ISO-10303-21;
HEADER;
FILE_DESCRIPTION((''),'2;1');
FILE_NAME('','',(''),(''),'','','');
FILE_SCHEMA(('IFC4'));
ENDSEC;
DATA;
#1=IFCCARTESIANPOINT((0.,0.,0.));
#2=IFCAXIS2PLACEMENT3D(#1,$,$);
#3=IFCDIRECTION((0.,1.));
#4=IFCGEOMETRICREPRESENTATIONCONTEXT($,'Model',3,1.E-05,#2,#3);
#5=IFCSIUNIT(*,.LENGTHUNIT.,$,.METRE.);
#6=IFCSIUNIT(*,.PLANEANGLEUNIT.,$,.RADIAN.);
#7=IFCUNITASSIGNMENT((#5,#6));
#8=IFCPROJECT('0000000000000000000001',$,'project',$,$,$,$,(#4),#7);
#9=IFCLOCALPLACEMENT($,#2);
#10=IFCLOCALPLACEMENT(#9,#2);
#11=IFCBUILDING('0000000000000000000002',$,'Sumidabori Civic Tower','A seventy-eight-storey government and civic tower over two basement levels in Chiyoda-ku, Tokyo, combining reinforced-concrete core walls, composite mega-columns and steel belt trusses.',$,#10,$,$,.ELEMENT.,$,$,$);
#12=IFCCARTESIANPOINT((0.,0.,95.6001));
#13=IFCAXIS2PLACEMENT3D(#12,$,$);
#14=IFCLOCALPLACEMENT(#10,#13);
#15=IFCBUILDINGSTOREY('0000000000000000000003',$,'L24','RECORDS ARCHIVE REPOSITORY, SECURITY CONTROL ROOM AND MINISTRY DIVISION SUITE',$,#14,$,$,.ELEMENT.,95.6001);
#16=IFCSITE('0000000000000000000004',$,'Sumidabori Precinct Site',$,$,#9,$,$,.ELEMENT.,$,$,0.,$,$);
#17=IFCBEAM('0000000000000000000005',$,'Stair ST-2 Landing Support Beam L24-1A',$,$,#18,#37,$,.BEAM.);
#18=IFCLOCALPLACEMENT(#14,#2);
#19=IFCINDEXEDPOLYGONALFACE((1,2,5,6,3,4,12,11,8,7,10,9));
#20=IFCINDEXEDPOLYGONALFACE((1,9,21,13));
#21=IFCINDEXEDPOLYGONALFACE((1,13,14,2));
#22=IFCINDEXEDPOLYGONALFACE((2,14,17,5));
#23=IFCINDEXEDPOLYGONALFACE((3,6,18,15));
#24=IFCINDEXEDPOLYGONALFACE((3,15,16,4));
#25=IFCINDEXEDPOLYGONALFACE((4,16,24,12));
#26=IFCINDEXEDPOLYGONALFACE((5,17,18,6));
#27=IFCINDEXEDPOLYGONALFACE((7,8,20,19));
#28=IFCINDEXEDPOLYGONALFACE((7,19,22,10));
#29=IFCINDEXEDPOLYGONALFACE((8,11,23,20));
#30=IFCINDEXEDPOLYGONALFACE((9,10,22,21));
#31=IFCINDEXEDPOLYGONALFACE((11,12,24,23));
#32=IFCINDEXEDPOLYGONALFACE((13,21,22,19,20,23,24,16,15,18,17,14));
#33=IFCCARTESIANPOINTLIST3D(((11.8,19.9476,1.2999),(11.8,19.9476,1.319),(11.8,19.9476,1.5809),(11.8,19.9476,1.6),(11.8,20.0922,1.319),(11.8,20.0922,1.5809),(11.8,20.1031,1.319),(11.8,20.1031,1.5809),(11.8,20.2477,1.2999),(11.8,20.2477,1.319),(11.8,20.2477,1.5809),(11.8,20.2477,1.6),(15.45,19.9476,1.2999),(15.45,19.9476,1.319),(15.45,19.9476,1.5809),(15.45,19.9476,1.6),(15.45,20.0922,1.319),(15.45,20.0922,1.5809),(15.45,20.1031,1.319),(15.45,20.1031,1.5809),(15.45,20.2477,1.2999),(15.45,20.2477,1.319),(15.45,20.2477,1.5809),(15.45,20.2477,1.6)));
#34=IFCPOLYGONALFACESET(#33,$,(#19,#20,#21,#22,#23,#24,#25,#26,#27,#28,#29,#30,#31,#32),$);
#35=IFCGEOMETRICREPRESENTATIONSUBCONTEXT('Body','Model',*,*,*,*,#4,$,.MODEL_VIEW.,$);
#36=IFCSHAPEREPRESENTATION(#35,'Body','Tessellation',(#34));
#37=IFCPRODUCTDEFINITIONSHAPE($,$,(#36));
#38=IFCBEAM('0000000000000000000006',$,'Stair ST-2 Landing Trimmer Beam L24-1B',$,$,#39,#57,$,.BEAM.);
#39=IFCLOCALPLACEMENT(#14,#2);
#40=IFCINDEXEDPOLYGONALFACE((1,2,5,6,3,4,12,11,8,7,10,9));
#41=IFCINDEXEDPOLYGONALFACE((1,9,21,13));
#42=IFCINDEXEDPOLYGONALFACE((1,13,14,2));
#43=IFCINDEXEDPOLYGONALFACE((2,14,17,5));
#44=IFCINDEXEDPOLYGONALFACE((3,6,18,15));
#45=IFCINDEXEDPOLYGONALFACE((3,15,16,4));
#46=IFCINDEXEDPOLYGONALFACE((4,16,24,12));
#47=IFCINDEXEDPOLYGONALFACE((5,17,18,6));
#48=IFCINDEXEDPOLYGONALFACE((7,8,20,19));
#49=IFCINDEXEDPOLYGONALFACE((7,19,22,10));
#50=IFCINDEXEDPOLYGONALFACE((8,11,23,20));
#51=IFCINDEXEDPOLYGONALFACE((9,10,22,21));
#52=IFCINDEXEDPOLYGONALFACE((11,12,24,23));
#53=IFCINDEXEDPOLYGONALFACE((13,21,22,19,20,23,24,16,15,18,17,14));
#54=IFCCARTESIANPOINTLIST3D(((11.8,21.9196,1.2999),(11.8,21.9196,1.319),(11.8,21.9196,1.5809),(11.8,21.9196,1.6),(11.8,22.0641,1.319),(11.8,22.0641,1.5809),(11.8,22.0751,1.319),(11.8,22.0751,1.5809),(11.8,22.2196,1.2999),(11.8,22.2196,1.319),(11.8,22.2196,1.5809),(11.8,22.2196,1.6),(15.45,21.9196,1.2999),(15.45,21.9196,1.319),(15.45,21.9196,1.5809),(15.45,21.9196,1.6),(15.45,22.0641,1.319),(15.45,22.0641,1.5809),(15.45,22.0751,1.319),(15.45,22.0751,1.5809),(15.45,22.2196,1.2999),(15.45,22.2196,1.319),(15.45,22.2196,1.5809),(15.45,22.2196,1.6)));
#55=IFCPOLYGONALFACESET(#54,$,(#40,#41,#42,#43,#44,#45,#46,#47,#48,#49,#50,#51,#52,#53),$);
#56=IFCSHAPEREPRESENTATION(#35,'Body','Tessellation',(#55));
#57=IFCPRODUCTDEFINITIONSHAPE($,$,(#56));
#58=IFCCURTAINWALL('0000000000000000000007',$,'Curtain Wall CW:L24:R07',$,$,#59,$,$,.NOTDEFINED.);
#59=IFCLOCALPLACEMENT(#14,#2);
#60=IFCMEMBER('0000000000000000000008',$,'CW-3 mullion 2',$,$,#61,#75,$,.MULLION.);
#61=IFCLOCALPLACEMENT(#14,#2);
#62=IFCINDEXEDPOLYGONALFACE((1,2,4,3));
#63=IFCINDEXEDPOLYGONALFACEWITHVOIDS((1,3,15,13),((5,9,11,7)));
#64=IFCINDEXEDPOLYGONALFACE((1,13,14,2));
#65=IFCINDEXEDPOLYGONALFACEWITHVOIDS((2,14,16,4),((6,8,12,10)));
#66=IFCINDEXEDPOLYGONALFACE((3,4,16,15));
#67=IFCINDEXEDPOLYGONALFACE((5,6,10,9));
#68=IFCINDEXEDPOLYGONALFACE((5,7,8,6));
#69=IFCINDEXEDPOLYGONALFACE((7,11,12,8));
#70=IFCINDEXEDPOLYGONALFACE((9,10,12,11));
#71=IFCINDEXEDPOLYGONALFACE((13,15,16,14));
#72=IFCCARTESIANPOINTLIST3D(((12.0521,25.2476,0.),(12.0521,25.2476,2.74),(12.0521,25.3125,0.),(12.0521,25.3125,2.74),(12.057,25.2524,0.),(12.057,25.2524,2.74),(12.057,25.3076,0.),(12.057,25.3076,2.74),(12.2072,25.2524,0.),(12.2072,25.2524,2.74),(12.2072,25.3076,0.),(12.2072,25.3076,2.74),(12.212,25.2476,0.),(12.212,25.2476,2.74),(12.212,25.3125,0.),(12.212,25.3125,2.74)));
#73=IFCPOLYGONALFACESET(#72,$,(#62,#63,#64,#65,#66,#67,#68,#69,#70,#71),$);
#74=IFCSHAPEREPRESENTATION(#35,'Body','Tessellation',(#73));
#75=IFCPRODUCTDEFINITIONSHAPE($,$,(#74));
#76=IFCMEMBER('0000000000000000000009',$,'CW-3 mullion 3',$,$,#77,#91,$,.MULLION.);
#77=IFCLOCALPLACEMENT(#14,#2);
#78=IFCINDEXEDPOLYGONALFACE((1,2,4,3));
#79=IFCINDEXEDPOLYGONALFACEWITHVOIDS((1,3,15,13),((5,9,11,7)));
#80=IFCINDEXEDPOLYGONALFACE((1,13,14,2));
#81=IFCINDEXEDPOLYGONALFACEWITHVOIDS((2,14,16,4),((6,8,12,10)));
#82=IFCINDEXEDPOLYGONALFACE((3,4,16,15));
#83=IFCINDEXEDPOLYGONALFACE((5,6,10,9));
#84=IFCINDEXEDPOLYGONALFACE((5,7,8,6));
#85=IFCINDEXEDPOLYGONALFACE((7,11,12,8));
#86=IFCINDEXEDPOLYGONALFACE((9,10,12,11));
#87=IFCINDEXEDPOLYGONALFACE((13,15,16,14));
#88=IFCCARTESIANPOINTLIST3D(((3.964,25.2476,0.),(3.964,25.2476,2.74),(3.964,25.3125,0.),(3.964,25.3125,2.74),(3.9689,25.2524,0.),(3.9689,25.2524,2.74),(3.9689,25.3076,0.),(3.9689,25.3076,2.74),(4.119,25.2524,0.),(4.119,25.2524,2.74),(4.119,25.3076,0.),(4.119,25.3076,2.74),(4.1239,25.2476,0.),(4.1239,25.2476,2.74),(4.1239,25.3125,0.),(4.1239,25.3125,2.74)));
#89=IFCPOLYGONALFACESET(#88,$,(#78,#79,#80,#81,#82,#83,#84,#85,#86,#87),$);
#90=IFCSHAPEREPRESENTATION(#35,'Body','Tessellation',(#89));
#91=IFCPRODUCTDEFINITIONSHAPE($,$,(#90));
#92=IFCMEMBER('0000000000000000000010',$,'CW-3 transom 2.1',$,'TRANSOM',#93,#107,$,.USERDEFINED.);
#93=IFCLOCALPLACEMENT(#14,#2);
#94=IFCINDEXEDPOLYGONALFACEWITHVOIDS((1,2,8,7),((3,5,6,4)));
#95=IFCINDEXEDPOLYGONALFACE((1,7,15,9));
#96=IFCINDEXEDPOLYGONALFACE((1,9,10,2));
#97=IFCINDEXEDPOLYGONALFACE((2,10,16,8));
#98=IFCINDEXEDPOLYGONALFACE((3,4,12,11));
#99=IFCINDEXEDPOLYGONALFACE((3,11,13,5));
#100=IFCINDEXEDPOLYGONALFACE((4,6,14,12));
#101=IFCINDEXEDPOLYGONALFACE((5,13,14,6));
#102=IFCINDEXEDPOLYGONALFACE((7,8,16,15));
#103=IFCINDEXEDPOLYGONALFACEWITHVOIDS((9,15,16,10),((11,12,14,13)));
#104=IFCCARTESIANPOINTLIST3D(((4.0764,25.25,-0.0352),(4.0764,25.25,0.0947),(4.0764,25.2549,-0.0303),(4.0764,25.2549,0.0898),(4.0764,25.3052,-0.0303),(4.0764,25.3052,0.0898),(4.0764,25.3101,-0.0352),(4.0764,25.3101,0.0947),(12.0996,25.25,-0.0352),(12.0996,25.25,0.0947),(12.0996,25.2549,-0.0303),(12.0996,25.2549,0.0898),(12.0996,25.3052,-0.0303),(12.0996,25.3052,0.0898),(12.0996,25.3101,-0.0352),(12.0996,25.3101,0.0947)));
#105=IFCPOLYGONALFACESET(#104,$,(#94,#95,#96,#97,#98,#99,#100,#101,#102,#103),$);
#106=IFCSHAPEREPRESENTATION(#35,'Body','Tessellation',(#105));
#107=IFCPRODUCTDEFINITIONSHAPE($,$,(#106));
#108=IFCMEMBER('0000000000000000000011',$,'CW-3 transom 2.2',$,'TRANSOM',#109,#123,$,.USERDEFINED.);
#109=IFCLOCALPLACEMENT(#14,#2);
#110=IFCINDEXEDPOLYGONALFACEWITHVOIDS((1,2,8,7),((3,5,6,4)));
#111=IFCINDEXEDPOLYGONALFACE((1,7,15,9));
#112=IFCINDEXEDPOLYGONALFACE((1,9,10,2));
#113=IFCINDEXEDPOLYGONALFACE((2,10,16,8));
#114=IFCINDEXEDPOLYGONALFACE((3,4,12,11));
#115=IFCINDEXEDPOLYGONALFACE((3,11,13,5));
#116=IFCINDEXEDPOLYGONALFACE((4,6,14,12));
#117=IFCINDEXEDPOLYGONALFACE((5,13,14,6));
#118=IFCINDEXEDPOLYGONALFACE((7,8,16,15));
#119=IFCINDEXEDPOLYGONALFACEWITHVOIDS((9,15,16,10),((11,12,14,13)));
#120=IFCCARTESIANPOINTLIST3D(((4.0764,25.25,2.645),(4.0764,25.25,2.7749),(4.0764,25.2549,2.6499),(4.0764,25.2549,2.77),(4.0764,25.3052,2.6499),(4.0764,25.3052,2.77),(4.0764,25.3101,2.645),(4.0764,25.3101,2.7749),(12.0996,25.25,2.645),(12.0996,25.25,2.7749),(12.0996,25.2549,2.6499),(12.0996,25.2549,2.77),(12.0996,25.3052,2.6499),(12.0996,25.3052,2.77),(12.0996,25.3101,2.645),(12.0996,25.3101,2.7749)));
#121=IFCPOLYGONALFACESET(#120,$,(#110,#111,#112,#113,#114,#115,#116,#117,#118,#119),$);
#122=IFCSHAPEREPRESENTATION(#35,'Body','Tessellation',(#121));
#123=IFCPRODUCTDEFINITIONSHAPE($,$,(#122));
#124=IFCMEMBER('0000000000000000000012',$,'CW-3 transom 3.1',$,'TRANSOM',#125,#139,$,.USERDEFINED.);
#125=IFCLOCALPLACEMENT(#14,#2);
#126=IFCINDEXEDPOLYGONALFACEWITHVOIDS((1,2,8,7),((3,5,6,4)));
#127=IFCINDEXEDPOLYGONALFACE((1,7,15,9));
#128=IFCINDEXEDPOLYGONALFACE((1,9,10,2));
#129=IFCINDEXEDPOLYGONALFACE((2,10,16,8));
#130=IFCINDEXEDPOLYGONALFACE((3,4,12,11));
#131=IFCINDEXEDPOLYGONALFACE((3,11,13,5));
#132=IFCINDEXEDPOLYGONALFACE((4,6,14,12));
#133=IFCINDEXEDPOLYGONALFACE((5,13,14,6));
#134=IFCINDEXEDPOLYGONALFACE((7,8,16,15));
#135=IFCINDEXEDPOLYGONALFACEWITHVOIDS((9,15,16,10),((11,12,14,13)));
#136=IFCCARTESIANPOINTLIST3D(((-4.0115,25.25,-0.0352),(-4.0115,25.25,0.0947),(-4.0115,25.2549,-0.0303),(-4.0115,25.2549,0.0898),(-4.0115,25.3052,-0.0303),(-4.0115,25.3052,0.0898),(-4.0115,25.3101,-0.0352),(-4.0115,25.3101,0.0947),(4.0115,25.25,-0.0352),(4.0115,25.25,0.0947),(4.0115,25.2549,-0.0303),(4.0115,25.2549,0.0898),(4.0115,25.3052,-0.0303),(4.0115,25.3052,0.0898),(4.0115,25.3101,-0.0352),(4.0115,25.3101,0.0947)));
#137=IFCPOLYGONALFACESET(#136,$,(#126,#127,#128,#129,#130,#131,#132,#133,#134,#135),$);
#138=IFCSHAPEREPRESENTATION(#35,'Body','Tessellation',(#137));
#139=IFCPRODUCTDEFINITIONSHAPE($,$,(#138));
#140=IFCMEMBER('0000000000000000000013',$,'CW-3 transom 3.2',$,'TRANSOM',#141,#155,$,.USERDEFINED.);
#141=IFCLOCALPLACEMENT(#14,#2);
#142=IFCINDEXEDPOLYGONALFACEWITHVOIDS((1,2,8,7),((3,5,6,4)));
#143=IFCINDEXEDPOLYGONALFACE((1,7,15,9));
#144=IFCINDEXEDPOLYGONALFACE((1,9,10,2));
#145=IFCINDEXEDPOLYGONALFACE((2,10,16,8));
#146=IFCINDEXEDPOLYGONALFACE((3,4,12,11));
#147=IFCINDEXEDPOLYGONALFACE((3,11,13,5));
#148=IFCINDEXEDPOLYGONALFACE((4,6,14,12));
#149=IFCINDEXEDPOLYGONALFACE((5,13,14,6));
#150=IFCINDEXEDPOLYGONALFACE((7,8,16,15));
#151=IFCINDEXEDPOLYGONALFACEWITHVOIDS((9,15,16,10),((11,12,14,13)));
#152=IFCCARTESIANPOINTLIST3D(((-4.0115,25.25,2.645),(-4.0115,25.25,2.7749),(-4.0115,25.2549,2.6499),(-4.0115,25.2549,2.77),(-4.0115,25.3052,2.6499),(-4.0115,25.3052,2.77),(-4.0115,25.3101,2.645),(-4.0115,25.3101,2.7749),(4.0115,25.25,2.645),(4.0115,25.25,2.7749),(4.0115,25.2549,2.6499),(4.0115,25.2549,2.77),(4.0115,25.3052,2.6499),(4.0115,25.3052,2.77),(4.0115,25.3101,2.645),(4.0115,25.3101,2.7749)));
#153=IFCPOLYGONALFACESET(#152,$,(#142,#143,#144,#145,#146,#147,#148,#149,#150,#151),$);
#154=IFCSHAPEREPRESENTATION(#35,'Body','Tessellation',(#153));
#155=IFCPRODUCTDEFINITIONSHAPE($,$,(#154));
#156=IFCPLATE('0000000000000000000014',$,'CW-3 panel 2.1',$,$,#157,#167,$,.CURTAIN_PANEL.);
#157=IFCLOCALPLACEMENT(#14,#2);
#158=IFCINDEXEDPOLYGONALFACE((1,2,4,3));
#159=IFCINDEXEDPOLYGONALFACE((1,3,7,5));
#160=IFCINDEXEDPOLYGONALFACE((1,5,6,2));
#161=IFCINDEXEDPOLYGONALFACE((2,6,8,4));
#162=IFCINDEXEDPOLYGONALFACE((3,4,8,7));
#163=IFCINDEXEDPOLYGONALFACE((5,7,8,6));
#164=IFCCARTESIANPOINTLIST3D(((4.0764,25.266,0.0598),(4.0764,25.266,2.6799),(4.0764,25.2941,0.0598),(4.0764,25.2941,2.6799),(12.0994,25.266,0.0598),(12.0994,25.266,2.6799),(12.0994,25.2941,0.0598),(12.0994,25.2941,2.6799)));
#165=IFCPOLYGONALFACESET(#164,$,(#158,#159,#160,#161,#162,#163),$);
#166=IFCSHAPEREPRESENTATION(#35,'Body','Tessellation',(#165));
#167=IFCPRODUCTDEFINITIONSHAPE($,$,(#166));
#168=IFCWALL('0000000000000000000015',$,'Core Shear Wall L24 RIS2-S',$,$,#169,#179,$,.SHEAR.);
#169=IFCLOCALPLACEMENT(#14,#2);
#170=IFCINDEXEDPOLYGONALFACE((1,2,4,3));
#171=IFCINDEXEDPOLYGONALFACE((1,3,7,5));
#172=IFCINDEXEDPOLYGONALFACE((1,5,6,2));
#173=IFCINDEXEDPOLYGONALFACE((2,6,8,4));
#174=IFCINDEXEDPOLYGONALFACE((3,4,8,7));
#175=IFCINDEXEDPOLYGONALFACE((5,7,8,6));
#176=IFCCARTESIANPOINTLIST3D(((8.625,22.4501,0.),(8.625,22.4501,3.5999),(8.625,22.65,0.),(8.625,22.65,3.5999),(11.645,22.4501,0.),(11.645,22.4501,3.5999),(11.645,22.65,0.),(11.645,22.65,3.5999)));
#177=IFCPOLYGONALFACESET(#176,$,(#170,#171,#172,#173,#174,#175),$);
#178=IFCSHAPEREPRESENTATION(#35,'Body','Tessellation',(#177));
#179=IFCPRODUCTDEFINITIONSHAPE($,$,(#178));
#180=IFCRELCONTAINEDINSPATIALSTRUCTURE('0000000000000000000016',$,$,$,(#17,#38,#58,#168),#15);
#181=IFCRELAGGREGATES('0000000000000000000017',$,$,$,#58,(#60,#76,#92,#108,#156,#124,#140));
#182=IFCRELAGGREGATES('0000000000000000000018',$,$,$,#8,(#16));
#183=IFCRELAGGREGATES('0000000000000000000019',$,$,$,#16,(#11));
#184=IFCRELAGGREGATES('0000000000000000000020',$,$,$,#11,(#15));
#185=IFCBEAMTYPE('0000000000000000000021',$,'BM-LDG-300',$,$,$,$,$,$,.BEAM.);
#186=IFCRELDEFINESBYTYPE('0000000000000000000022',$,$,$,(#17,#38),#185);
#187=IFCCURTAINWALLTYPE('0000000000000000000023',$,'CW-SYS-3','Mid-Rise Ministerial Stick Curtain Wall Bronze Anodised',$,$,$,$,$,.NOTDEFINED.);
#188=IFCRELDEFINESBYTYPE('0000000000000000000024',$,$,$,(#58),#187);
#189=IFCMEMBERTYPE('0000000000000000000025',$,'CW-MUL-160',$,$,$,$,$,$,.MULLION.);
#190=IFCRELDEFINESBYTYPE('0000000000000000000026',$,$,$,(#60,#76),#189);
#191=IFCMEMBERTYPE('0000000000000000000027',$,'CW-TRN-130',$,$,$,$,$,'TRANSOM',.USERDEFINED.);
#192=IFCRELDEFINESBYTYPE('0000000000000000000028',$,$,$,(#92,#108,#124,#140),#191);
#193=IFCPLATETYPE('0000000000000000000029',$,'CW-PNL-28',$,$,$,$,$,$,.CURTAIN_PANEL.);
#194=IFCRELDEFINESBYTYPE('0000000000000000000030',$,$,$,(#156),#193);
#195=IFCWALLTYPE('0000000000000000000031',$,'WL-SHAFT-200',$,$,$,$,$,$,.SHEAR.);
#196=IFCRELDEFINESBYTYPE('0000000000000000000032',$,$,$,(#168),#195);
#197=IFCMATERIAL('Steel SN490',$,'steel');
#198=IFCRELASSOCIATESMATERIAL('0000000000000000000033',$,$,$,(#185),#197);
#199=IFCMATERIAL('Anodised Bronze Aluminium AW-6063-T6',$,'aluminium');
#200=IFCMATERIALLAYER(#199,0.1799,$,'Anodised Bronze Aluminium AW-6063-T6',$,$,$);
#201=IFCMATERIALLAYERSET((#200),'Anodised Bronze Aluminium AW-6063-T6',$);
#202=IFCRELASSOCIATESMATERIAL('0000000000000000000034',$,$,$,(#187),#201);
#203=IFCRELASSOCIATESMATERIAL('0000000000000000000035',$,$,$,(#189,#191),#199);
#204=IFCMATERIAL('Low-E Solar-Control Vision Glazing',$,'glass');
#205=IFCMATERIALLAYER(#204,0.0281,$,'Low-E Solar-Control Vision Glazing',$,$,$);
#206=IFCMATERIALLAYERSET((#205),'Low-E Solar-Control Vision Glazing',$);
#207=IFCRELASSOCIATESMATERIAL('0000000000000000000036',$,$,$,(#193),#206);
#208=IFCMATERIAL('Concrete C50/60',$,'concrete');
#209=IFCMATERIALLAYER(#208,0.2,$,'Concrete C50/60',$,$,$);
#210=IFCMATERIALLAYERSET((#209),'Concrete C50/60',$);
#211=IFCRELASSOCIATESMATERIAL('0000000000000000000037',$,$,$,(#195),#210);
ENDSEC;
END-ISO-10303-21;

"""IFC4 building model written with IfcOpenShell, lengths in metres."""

from ifc_helpers import new_model, si_unit, direction, frame, frame_2d, origin, origin_2d, place, context, subcontext, project, spatial, rectangle, hollow_rectangle, i_section, extrude, source, transform, mapped, material, layer, layer_set, material_profile, profile_set, type_object, element, aggregate, save


model = new_model("IFC4")

# Units and contexts
model_context = context("Model", 3, precision=1e-05, world=origin(), true_north=direction((0.0, 1.0)))
body_context = subcontext(model_context, "Body", "Model", "MODEL_VIEW")
ifc_project = project(units=[si_unit("LENGTHUNIT", "METRE"), si_unit("PLANEANGLEUNIT", "RADIAN")], contexts=[model_context])

# Site, building, storey
site_placement = place(None, origin())
site = spatial("IfcSite", under=ifc_project, at=site_placement, Name="Sumidabori Precinct Site", CompositionType="ELEMENT", RefElevation=0.0)
building_placement = place(site_placement, origin())
building = spatial("IfcBuilding", under=site, at=building_placement, Name="Sumidabori Civic Tower", Description="A seventy-eight-storey government and civic tower over two basement levels in Chiyoda-ku, Tokyo, combining reinforced-concrete core walls, composite mega-columns and steel belt trusses.", CompositionType="ELEMENT")
storey_placement = place(building_placement, frame((0.0, 0.0, 95.6001)))
storey = spatial("IfcBuildingStorey", under=building, at=storey_placement, Name="L24", Description="RECORDS ARCHIVE REPOSITORY, SECURITY CONTROL ROOM AND MINISTRY DIVISION SUITE", CompositionType="ELEMENT", Elevation=95.6001)

# Beams
ifc_material_1 = material(Name="Steel SN490", Category="steel")
ifc_material_profile_1 = material_profile(ifc_material_1, i_section(OverallWidth=0.3, OverallDepth=0.3, WebThickness=0.011, FlangeThickness=0.019, at=origin_2d()), Name="HE 300 B")
ifc_profile_set_1 = profile_set([ifc_material_profile_1], Name="Steel SN490")
beam_type = type_object("IfcBeamType", Name="BM-LDG-300", PredefinedType="BEAM", material=ifc_profile_set_1)
shared_shape_1 = source(origin(), body_context, "Body", "SweptSolid", [
    extrude(i_section(OverallWidth=0.3, OverallDepth=0.3, WebThickness=0.011, FlangeThickness=0.019, at=origin_2d()), origin(), (0.0, 0.0, 1.0), 3.6499),
])
for number, where, z_axis, x_axis, name in (
    (1, (11.8, 20.0977, 1.45), (1.0, 0.0, 0.0), (0.0, 1.0, 0.0), "Stair ST-2 Landing Support Beam L24-1A"),
    (2, (11.8, 22.0696, 1.45), (1.0, 0.0, 0.0), (0.0, 1.0, 0.0), "Stair ST-2 Landing Trimmer Beam L24-1B"),
):
    element("IfcBeam", number, at=place(storey_placement, frame(where, z_axis=z_axis, x_axis=x_axis)), inside=storey, type_object=beam_type, Name=name, PredefinedType="BEAM", context=body_context, shape_type="MappedRepresentation", body=[
        mapped(shared_shape_1, transform((0.0, 0.0, 0.0), x_axis=(1.0, 0.0, 0.0), y_axis=(0.0, 1.0, 0.0), z_axis=(0.0, 0.0, 1.0), scale=1.0)),
    ])

# Curtain wall, members, plate
ifc_material_2 = material(Name="Anodised Bronze Aluminium AW-6063-T6", Category="aluminium")
ifc_layer_1 = layer(ifc_material_2, 0.1799, Name="Anodised Bronze Aluminium AW-6063-T6")
ifc_layer_set_1 = layer_set([ifc_layer_1], Name="Anodised Bronze Aluminium AW-6063-T6")
curtain_wall_type = type_object("IfcCurtainWallType", Name="CW-SYS-3", Description="Mid-Rise Ministerial Stick Curtain Wall Bronze Anodised", PredefinedType="NOTDEFINED", material=ifc_layer_set_1)
curtain_wall_placement = place(storey_placement, origin())
curtain_wall = element("IfcCurtainWall", 3, at=curtain_wall_placement, inside=storey, type_object=curtain_wall_type, Name="Curtain Wall CW:L24:R07", PredefinedType="NOTDEFINED")
ifc_material_profile_2 = material_profile(ifc_material_2, hollow_rectangle(XDim=0.0649, YDim=0.1599, WallThickness=0.0049, at=origin_2d()), Name="ALU MULLION 160x65")
ifc_profile_set_2 = profile_set([ifc_material_profile_2], Name="Anodised Bronze Aluminium AW-6063-T6")
member_type_1 = type_object("IfcMemberType", Name="CW-MUL-160", PredefinedType="MULLION", material=ifc_profile_set_2)
shared_shape_2 = source(origin(), body_context, "Body", "SweptSolid", [
    extrude(hollow_rectangle(XDim=0.0649, YDim=0.1599, WallThickness=0.0049, at=origin_2d()), origin(), (0.0, 0.0, 1.0), 2.74),
])
member_1_placement = place(storey_placement, frame((12.1321, 25.28, 0.0), z_axis=(0.0, 0.0, 1.0), x_axis=(0.0, -1.0, 0.0)))
member_1 = element("IfcMember", 4, at=member_1_placement, type_object=member_type_1, Name="CW-3 mullion 2", PredefinedType="MULLION", context=body_context, shape_type="MappedRepresentation", body=[
    mapped(shared_shape_2, transform((0.0, 0.0, 0.0), x_axis=(1.0, 0.0, 0.0), y_axis=(0.0, 1.0, 0.0), z_axis=(0.0, 0.0, 1.0), scale=1.0)),
])
member_2_placement = place(storey_placement, frame((4.0439, 25.28, 0.0), z_axis=(0.0, 0.0, 1.0), x_axis=(0.0, -1.0, 0.0)))
member_2 = element("IfcMember", 5, at=member_2_placement, type_object=member_type_1, Name="CW-3 mullion 3", PredefinedType="MULLION", context=body_context, shape_type="MappedRepresentation", body=[
    mapped(shared_shape_2, transform((0.0, 0.0, 0.0), x_axis=(1.0, 0.0, 0.0), y_axis=(0.0, 1.0, 0.0), z_axis=(0.0, 0.0, 1.0), scale=1.0)),
])
ifc_material_profile_3 = material_profile(ifc_material_2, hollow_rectangle(XDim=0.0601, YDim=0.1299, WallThickness=0.0049, at=origin_2d()), Name="ALU TRANSOM 130x60")
ifc_profile_set_3 = profile_set([ifc_material_profile_3], Name="Anodised Bronze Aluminium AW-6063-T6")
member_type_2 = type_object("IfcMemberType", Name="CW-TRN-130", ElementType="TRANSOM", PredefinedType="USERDEFINED", material=ifc_profile_set_3)
shared_shape_3 = source(origin(), body_context, "Body", "SweptSolid", [
    extrude(hollow_rectangle(XDim=0.0601, YDim=0.1299, WallThickness=0.0049, at=origin_2d()), origin(), (0.0, 0.0, 1.0), 8.0232),
])
member_3_placement = place(storey_placement, frame((12.0996, 25.28, 0.0298), z_axis=(-1.0, 0.0, 0.0), x_axis=(0.0, -1.0, 0.0)))
member_3 = element("IfcMember", 6, at=member_3_placement, type_object=member_type_2, Name="CW-3 transom 2.1", ObjectType="TRANSOM", PredefinedType="USERDEFINED", context=body_context, shape_type="MappedRepresentation", body=[
    mapped(shared_shape_3, transform((0.0, 0.0, 0.0), x_axis=(1.0, 0.0, 0.0), y_axis=(0.0, 1.0, 0.0), z_axis=(0.0, 0.0, 1.0), scale=1.0)),
])
member_4_placement = place(storey_placement, frame((12.0996, 25.28, 2.71), z_axis=(-1.0, 0.0, 0.0), x_axis=(0.0, -1.0, 0.0)))
member_4 = element("IfcMember", 7, at=member_4_placement, type_object=member_type_2, Name="CW-3 transom 2.2", ObjectType="TRANSOM", PredefinedType="USERDEFINED", context=body_context, shape_type="MappedRepresentation", body=[
    mapped(shared_shape_3, transform((0.0, 0.0, 0.0), x_axis=(1.0, 0.0, 0.0), y_axis=(0.0, 1.0, 0.0), z_axis=(0.0, 0.0, 1.0), scale=1.0)),
])
shared_shape_4 = source(origin(), body_context, "Body", "SweptSolid", [
    extrude(hollow_rectangle(XDim=0.0601, YDim=0.1299, WallThickness=0.0049, at=origin_2d()), origin(), (0.0, 0.0, 1.0), 8.0229),
])
member_5_placement = place(storey_placement, frame((4.0115, 25.28, 0.0298), z_axis=(-1.0, 0.0, 0.0), x_axis=(0.0, -1.0, 0.0)))
member_5 = element("IfcMember", 8, at=member_5_placement, type_object=member_type_2, Name="CW-3 transom 3.1", ObjectType="TRANSOM", PredefinedType="USERDEFINED", context=body_context, shape_type="MappedRepresentation", body=[
    mapped(shared_shape_4, transform((0.0, 0.0, 0.0), x_axis=(1.0, 0.0, 0.0), y_axis=(0.0, 1.0, 0.0), z_axis=(0.0, 0.0, 1.0), scale=1.0)),
])
member_6_placement = place(storey_placement, frame((4.0115, 25.28, 2.71), z_axis=(-1.0, 0.0, 0.0), x_axis=(0.0, -1.0, 0.0)))
member_6 = element("IfcMember", 9, at=member_6_placement, type_object=member_type_2, Name="CW-3 transom 3.2", ObjectType="TRANSOM", PredefinedType="USERDEFINED", context=body_context, shape_type="MappedRepresentation", body=[
    mapped(shared_shape_4, transform((0.0, 0.0, 0.0), x_axis=(1.0, 0.0, 0.0), y_axis=(0.0, 1.0, 0.0), z_axis=(0.0, 0.0, 1.0), scale=1.0)),
])
ifc_material_3 = material(Name="Low-E Solar-Control Vision Glazing", Category="glass")
ifc_layer_2 = layer(ifc_material_3, 0.0281, Name="Low-E Solar-Control Vision Glazing")
ifc_layer_set_2 = layer_set([ifc_layer_2], Name="Low-E Solar-Control Vision Glazing")
plate_type = type_object("IfcPlateType", Name="CW-PNL-28", PredefinedType="CURTAIN_PANEL", material=ifc_layer_set_2)
shared_shape_5 = source(origin(), body_context, "Body", "SweptSolid", [
    extrude(rectangle(XDim=8.0229, YDim=0.0281, at=origin_2d()), origin(), (0.0, 0.0, 1.0), 2.6201),
])
plate_placement = place(storey_placement, frame((8.0879, 25.28, 0.0598), z_axis=(0.0, 0.0, 1.0), x_axis=(-1.0, 0.0, 0.0)))
plate = element("IfcPlate", 10, at=plate_placement, type_object=plate_type, Name="CW-3 panel 2.1", PredefinedType="CURTAIN_PANEL", context=body_context, shape_type="MappedRepresentation", body=[
    mapped(shared_shape_5, transform((0.0, 0.0, 0.0), x_axis=(1.0, 0.0, 0.0), y_axis=(0.0, 1.0, 0.0), z_axis=(0.0, 0.0, 1.0), scale=1.0)),
])
aggregate(curtain_wall, [member_1, member_2, member_3, member_4, plate, member_5, member_6])

# Wall
ifc_material_4 = material(Name="Concrete C50/60", Category="concrete")
ifc_layer_3 = layer(ifc_material_4, 0.2, Name="Concrete C50/60")
ifc_layer_set_3 = layer_set([ifc_layer_3], Name="Concrete C50/60")
wall_type_1 = type_object("IfcWallType", Name="WL-SHAFT-200", PredefinedType="SHEAR", material=ifc_layer_set_3)
shared_shape_6 = source(origin(), body_context, "Body", "SweptSolid", [
    extrude(rectangle(XDim=3.02, YDim=0.2, at=frame_2d((1.51, 0.0))), origin(), (0.0, 0.0, 1.0), 3.5999),
])
wall_1_placement = place(storey_placement, frame((8.625, 22.55, 0.0), z_axis=(0.0, 0.0, 1.0), x_axis=(1.0, 0.0, 0.0)))
element("IfcWall", 11, at=wall_1_placement, inside=storey, type_object=wall_type_1, Name="Core Shear Wall L24 RIS2-S", PredefinedType="SHEAR", context=body_context, shape_type="MappedRepresentation", body=[
    mapped(shared_shape_6, transform((0.0, 0.0, 0.0), x_axis=(1.0, 0.0, 0.0), y_axis=(0.0, 1.0, 0.0), z_axis=(0.0, 0.0, 1.0), scale=1.0)),
])

save(model, "model.ifc")
